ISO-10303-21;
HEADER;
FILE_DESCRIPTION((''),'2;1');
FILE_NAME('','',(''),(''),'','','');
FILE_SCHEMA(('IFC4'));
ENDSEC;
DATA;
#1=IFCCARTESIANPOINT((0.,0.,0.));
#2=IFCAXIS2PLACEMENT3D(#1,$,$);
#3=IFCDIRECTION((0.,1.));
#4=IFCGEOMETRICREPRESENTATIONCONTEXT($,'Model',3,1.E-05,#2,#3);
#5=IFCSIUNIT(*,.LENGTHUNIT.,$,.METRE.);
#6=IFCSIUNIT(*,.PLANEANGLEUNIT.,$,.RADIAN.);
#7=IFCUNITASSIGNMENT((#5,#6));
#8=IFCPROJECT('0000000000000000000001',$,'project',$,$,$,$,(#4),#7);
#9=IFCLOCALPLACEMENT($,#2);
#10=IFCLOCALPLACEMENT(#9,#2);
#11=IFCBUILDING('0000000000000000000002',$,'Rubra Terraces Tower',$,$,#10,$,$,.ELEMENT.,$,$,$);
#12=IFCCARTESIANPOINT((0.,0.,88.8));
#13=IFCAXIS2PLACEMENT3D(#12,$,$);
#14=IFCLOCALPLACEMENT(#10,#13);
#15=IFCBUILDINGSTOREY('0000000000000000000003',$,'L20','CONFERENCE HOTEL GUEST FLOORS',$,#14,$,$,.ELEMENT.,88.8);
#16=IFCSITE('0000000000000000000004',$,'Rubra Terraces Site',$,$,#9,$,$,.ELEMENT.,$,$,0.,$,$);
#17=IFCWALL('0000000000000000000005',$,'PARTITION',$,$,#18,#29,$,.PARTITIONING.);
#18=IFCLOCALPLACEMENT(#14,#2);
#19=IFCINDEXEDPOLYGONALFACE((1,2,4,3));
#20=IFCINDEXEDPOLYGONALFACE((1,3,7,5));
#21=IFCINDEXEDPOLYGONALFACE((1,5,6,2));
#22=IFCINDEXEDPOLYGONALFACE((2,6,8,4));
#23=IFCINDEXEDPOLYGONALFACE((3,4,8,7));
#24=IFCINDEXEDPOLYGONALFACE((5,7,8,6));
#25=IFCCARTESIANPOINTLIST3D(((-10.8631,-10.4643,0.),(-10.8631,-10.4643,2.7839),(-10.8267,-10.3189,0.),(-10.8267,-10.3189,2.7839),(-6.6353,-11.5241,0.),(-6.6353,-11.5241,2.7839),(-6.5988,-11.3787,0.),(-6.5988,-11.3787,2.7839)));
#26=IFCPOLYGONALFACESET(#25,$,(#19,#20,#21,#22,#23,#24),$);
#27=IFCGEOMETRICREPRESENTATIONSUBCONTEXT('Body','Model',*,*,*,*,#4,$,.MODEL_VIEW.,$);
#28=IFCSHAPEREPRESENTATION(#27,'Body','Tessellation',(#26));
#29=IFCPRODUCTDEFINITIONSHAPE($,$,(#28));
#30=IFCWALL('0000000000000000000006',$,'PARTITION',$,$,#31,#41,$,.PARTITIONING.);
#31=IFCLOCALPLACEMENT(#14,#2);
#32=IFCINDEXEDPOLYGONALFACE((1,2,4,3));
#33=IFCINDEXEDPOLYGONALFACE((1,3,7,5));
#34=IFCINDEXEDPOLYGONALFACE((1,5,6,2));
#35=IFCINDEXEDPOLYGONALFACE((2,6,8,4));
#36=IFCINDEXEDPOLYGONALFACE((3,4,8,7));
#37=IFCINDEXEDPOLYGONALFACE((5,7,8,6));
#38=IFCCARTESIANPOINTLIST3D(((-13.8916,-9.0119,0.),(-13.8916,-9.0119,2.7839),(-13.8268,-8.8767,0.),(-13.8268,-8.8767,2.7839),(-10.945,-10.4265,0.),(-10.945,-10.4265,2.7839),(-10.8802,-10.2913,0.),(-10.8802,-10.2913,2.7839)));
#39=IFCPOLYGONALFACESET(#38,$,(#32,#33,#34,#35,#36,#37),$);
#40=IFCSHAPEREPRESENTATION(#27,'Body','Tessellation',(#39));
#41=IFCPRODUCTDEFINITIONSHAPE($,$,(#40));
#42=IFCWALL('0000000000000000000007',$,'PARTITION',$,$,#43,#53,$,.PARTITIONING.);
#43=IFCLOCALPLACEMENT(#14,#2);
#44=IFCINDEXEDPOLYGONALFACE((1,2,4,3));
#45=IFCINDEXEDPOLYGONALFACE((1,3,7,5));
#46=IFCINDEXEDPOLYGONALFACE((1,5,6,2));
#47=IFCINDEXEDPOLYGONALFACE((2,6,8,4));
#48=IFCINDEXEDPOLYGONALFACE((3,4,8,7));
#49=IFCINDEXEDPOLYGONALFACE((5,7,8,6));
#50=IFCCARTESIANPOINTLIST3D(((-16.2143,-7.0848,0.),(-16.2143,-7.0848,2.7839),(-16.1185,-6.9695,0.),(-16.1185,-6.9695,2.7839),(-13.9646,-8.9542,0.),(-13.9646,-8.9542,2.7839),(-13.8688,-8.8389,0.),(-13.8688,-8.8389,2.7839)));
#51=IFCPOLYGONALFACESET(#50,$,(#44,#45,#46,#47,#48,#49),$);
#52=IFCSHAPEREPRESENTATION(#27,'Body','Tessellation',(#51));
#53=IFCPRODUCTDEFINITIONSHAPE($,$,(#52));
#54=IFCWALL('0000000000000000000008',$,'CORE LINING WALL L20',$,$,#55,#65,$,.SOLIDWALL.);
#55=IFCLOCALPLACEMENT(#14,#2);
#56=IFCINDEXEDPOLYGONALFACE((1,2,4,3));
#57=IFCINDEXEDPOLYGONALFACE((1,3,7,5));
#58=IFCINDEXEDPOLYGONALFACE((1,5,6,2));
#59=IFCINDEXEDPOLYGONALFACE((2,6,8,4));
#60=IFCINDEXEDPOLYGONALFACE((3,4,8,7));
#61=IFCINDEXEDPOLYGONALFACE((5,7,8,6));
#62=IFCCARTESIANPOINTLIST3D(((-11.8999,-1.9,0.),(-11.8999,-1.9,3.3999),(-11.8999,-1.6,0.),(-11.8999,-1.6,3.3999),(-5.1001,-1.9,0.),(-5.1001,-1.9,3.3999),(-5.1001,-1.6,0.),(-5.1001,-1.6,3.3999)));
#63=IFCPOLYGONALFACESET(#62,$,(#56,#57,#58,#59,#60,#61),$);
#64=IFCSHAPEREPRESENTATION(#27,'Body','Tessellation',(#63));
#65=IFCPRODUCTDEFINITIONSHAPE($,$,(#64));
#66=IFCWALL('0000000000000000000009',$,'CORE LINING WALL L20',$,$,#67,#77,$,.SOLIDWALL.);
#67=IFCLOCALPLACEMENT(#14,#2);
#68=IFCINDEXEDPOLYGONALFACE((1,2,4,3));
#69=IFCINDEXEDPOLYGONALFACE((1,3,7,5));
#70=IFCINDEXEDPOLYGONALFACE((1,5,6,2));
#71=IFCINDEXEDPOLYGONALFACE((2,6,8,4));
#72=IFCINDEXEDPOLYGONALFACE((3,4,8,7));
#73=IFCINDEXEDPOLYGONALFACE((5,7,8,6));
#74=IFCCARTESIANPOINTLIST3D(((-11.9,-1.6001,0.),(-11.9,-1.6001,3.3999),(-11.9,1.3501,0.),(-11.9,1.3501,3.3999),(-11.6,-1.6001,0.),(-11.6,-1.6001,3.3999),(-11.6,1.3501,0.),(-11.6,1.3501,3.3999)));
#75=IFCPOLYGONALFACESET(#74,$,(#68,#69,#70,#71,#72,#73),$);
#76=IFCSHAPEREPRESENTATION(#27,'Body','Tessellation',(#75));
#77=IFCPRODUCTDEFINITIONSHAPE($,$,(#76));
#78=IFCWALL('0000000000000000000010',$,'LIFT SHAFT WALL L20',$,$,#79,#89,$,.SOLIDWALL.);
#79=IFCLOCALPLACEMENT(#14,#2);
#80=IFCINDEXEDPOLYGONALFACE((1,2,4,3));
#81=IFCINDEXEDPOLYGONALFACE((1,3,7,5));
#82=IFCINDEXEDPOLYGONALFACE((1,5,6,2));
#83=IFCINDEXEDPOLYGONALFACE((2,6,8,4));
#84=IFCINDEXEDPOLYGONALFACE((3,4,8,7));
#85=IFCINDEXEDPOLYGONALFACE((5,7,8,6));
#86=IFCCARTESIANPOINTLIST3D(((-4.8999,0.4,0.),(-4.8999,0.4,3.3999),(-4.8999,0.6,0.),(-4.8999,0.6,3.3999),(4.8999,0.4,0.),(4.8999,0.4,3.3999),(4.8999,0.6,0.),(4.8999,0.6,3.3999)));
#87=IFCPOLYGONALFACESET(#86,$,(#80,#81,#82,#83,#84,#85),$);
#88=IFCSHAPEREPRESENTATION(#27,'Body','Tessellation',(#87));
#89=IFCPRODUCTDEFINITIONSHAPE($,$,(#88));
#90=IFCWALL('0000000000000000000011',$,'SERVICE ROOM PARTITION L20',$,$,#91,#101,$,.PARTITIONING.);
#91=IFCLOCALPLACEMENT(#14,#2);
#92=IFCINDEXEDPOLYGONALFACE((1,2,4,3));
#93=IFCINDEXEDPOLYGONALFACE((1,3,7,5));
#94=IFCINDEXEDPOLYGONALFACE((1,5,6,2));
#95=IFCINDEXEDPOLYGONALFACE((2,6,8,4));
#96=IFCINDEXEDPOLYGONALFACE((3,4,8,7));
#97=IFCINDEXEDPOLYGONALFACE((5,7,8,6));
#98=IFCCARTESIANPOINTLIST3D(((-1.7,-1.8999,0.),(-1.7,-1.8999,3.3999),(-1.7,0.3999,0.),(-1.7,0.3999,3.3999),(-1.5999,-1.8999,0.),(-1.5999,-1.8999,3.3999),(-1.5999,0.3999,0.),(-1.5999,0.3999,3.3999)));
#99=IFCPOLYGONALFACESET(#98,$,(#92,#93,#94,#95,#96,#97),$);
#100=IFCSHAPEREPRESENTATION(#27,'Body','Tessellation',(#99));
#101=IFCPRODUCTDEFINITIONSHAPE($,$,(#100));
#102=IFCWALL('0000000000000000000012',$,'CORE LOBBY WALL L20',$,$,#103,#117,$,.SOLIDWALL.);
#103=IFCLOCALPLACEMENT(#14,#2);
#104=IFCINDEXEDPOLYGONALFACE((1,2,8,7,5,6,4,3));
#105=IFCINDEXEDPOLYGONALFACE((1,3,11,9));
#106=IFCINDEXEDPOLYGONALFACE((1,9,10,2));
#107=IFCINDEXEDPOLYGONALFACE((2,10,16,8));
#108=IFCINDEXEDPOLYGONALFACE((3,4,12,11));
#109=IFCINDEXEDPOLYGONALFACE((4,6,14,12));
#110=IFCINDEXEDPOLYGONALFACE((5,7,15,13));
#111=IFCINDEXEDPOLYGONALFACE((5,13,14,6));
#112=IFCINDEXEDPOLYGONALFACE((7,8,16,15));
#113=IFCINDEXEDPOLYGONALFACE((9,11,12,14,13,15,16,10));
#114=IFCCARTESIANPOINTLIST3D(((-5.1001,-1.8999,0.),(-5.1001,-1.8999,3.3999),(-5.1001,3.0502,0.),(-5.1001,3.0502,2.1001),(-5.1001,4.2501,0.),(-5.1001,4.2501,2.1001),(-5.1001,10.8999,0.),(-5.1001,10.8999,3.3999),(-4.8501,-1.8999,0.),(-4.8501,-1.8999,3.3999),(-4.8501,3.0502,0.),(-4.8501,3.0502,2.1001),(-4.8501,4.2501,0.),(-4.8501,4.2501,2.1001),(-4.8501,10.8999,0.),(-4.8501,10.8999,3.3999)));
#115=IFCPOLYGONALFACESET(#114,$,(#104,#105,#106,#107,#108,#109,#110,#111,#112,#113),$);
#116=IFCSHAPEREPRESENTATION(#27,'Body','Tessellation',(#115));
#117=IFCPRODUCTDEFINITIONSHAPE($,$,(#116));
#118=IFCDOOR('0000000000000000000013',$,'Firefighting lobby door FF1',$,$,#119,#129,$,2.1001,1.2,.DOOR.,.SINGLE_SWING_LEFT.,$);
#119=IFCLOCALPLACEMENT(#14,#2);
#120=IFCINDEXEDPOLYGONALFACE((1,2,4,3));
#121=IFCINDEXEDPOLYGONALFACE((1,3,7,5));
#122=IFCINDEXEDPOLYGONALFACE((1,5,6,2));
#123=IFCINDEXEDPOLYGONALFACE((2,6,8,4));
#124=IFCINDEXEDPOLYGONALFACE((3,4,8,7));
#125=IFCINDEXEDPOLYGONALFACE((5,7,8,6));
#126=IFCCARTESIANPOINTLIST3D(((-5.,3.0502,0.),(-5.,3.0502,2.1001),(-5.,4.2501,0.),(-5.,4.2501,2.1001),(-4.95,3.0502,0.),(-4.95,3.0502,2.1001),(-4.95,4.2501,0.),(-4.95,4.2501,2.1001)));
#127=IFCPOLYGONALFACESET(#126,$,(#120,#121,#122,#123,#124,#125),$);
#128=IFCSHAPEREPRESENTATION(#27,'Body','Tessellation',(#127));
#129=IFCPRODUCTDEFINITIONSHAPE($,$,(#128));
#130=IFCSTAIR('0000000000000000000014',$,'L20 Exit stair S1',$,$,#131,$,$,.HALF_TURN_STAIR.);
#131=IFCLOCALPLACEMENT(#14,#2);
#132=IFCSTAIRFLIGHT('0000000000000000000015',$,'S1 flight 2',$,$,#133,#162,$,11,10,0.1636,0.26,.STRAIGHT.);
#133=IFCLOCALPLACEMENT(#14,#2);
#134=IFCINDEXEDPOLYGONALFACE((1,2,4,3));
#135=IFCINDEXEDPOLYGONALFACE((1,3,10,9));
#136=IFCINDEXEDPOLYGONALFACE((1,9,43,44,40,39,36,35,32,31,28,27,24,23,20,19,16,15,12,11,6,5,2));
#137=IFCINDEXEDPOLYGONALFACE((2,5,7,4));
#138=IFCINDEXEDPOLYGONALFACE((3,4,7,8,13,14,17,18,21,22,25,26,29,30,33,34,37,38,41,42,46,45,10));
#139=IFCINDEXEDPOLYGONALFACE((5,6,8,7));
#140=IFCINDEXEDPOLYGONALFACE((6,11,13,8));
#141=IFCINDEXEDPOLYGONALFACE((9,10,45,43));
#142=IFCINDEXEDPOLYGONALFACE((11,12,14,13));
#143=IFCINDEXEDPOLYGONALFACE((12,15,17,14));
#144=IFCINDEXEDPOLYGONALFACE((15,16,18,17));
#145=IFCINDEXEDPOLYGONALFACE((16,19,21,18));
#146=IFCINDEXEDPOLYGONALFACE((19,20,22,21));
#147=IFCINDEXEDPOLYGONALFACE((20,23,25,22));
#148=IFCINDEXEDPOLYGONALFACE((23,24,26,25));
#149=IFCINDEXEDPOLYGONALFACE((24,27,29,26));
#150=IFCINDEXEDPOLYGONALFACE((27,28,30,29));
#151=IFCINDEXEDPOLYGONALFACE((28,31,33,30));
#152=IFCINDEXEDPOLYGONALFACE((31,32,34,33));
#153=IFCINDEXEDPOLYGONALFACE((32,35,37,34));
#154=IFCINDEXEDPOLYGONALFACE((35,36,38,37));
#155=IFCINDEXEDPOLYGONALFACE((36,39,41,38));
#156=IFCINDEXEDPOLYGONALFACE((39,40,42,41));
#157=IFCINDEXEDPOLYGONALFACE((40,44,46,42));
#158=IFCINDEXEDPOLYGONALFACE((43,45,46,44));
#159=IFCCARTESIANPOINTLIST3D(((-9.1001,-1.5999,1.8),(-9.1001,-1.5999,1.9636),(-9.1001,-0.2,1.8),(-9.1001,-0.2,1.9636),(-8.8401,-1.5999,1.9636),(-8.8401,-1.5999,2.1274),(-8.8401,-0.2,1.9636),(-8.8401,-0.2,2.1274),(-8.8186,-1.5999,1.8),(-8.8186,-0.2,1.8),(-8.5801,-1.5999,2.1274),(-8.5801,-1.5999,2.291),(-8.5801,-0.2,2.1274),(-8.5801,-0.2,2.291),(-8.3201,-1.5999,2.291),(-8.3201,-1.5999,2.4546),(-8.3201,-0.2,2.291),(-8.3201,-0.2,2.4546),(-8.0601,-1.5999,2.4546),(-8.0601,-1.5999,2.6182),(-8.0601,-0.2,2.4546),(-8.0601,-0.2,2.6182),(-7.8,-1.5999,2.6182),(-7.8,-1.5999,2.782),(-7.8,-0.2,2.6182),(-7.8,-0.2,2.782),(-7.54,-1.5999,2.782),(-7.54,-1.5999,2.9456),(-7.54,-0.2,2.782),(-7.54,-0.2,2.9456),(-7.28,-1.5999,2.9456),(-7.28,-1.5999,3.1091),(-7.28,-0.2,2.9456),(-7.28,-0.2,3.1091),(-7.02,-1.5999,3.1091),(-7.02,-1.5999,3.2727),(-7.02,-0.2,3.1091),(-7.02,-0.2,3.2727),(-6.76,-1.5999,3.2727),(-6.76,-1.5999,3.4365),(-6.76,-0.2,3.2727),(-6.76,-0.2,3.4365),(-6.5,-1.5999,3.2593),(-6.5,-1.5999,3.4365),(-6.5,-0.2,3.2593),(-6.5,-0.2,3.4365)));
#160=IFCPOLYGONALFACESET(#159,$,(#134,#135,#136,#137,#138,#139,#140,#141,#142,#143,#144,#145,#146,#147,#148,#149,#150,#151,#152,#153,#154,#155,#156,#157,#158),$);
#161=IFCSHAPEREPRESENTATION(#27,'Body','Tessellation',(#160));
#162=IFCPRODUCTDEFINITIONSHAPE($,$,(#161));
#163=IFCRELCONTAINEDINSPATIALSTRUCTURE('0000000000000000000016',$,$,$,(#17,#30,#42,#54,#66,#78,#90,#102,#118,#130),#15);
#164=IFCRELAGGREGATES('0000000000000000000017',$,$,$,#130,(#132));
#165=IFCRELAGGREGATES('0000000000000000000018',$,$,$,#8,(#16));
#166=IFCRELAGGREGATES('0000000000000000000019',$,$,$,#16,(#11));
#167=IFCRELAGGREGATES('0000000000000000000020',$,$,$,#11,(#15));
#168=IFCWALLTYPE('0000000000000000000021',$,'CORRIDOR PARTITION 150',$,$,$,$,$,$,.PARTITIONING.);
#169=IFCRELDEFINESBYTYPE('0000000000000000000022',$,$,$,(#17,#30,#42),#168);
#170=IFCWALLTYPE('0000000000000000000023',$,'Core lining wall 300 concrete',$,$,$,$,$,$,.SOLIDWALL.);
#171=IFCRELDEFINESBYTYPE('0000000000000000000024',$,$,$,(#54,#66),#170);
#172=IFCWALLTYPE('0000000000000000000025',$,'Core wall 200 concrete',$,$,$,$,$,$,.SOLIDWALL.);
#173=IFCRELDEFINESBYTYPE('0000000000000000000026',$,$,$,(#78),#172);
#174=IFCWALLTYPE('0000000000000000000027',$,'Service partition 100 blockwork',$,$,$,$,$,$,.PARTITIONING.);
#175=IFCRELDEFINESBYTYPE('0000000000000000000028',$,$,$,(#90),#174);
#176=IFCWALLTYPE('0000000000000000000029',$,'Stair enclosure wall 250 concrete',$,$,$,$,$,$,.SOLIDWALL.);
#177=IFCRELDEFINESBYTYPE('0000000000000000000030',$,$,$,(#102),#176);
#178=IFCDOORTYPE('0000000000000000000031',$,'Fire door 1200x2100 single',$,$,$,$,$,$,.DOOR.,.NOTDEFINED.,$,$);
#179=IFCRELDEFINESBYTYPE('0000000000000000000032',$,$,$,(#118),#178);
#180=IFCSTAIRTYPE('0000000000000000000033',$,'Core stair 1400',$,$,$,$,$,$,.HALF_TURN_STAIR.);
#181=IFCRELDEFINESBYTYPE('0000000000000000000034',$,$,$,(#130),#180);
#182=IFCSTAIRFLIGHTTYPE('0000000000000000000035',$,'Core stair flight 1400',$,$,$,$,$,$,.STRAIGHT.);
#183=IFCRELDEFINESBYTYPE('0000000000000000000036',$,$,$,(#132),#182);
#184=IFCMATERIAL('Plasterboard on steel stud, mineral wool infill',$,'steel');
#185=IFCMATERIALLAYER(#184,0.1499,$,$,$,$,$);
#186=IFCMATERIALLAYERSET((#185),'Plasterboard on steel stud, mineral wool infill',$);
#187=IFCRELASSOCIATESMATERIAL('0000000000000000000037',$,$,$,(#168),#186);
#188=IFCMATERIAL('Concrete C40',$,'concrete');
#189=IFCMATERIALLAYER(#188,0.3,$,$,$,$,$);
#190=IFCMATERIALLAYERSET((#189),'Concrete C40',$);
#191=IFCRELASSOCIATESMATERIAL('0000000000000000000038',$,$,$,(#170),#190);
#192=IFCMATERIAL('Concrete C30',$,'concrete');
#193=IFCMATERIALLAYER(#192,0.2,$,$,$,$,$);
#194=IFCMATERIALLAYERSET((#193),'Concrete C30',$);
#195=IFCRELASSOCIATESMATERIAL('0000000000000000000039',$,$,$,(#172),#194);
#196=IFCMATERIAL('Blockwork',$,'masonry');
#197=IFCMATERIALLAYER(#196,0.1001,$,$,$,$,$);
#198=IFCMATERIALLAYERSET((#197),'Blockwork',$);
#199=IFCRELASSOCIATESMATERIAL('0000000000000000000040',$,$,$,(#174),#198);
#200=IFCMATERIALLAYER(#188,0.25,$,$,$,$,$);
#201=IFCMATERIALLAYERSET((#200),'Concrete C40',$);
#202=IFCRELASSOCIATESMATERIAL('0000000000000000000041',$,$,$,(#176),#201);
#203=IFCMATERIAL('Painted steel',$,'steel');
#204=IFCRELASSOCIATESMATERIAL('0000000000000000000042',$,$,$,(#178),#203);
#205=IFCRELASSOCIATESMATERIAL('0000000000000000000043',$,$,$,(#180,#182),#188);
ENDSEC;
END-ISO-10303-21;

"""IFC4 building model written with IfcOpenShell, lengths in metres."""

from ifc_helpers import new_model, si_unit, direction, frame, frame_2d, origin, place, context, subcontext, project, spatial, polyline, rectangle, outline, extrude, material, layer, layer_set, type_object, element, fill, aggregate, save


model = new_model("IFC4")

# Units and contexts
model_context = context("Model", 3, precision=1e-05, world=origin(), true_north=direction((0.0, 1.0)))
body_context = subcontext(model_context, "Body", "Model", "MODEL_VIEW")
ifc_project = project(units=[si_unit("LENGTHUNIT", "METRE"), si_unit("PLANEANGLEUNIT", "RADIAN")], contexts=[model_context])

# Site, building, storey
site_placement = place(None, origin())
site = spatial("IfcSite", under=ifc_project, at=site_placement, Name="Rubra Terraces Site", CompositionType="ELEMENT", RefElevation=0.0)
building_placement = place(site_placement, origin())
building = spatial("IfcBuilding", under=site, at=building_placement, Name="Rubra Terraces Tower", CompositionType="ELEMENT")
storey_placement = place(building_placement, frame((0.0, 0.0, 88.8)))
storey = spatial("IfcBuildingStorey", under=building, at=storey_placement, Name="L20", Description="CONFERENCE HOTEL GUEST FLOORS", CompositionType="ELEMENT", Elevation=88.8)

# Shared definitions
ifc_material_1 = material(Name="Concrete C40", Category="concrete")

# Shared definitions
ifc_material_2 = material(Name="Painted steel", Category="steel")

# Walls
ifc_material_3 = material(Name="Plasterboard on steel stud, mineral wool infill", Category="steel")
ifc_layer_1 = layer(ifc_material_3, 0.1499)
ifc_layer_set_1 = layer_set([ifc_layer_1], Name="Plasterboard on steel stud, mineral wool infill")
wall_type_1 = type_object("IfcWallType", Name="CORRIDOR PARTITION 150", PredefinedType="PARTITIONING", material=ifc_layer_set_1)
wall_1_placement = place(storey_placement, frame((-6.6172, -11.4514, 0.0), z_axis=(0.0, 0.0, 1.0), x_axis=(-0.969987, 0.243155, 0.0)))
element("IfcWall", 1, at=wall_1_placement, inside=storey, type_object=wall_type_1, Name="PARTITION", PredefinedType="PARTITIONING", context=body_context, shape_type="SweptSolid", body=[
    extrude(rectangle(XDim=4.3586, YDim=0.1499, at=frame_2d((2.1792, 0.0))), origin(), (0.0, 0.0, 1.0), 2.7839),
])
wall_2_placement = place(storey_placement, frame((-10.9126, -10.3589, 0.0), z_axis=(0.0, 0.0, 1.0), x_axis=(-0.901497, 0.432784, 0.0)))
element("IfcWall", 2, at=wall_2_placement, inside=storey, type_object=wall_type_1, Name="PARTITION", PredefinedType="PARTITIONING", context=body_context, shape_type="SweptSolid", body=[
    extrude(rectangle(XDim=3.2686, YDim=0.1499, at=frame_2d((1.6343, 0.0))), origin(), (0.0, 0.0, 1.0), 2.7839),
])
wall_3_placement = place(storey_placement, frame((-13.9167, -8.8965, 0.0), z_axis=(0.0, 0.0, 1.0), x_axis=(-0.76913, 0.639092, 0.0)))
element("IfcWall", 3, at=wall_3_placement, inside=storey, type_object=wall_type_1, Name="PARTITION", PredefinedType="PARTITIONING", context=body_context, shape_type="SweptSolid", body=[
    extrude(rectangle(XDim=2.925, YDim=0.1499, at=frame_2d((1.4624, 0.0))), origin(), (0.0, 0.0, 1.0), 2.7839),
])
ifc_layer_2 = layer(ifc_material_1, 0.3)
ifc_layer_set_2 = layer_set([ifc_layer_2], Name="Concrete C40")
wall_type_2 = type_object("IfcWallType", Name="Core lining wall 300 concrete", PredefinedType="SOLIDWALL", material=ifc_layer_set_2)
wall_4_placement = place(storey_placement, frame((-11.8999, -1.75, 0.0), z_axis=(0.0, 0.0, 1.0), x_axis=(1.0, 0.0, 0.0)))
element("IfcWall", 4, at=wall_4_placement, inside=storey, type_object=wall_type_2, Name="CORE LINING WALL L20", PredefinedType="SOLIDWALL", context=body_context, shape_type="SweptSolid", body=[
    extrude(rectangle(XDim=6.7998, YDim=0.3, at=frame_2d((3.3999, 0.0))), origin(), (0.0, 0.0, 1.0), 3.3999),
])
wall_5_placement = place(storey_placement, frame((-11.75, -1.6001, 0.0), z_axis=(0.0, 0.0, 1.0), x_axis=(0.0, 1.0, 0.0)))
element("IfcWall", 5, at=wall_5_placement, inside=storey, type_object=wall_type_2, Name="CORE LINING WALL L20", PredefinedType="SOLIDWALL", context=body_context, shape_type="SweptSolid", body=[
    extrude(rectangle(XDim=2.9502, YDim=0.3, at=frame_2d((1.4751, 0.0))), origin(), (0.0, 0.0, 1.0), 3.3999),
])
ifc_material_4 = material(Name="Concrete C30", Category="concrete")
ifc_layer_3 = layer(ifc_material_4, 0.2)
ifc_layer_set_3 = layer_set([ifc_layer_3], Name="Concrete C30")
wall_type_3 = type_object("IfcWallType", Name="Core wall 200 concrete", PredefinedType="SOLIDWALL", material=ifc_layer_set_3)
wall_6_placement = place(storey_placement, frame((-4.8999, 0.5, 0.0), z_axis=(0.0, 0.0, 1.0), x_axis=(1.0, 0.0, 0.0)))
element("IfcWall", 6, at=wall_6_placement, inside=storey, type_object=wall_type_3, Name="LIFT SHAFT WALL L20", PredefinedType="SOLIDWALL", context=body_context, shape_type="SweptSolid", body=[
    extrude(rectangle(XDim=9.7998, YDim=0.2, at=frame_2d((4.8999, 0.0))), origin(), (0.0, 0.0, 1.0), 3.3999),
])
ifc_material_5 = material(Name="Blockwork", Category="masonry")
ifc_layer_4 = layer(ifc_material_5, 0.1001)
ifc_layer_set_4 = layer_set([ifc_layer_4], Name="Blockwork")
wall_type_4 = type_object("IfcWallType", Name="Service partition 100 blockwork", PredefinedType="PARTITIONING", material=ifc_layer_set_4)
wall_7_placement = place(storey_placement, frame((-1.6499, -1.8999, 0.0), z_axis=(0.0, 0.0, 1.0), x_axis=(0.0, 1.0, 0.0)))
element("IfcWall", 7, at=wall_7_placement, inside=storey, type_object=wall_type_4, Name="SERVICE ROOM PARTITION L20", PredefinedType="PARTITIONING", context=body_context, shape_type="SweptSolid", body=[
    extrude(rectangle(XDim=2.2998, YDim=0.1001, at=frame_2d((1.1499, 0.0))), origin(), (0.0, 0.0, 1.0), 3.3999),
])

# Wall, opening, door
ifc_layer_5 = layer(ifc_material_1, 0.25)
ifc_layer_set_5 = layer_set([ifc_layer_5], Name="Concrete C40")
wall_type_5 = type_object("IfcWallType", Name="Stair enclosure wall 250 concrete", PredefinedType="SOLIDWALL", material=ifc_layer_set_5)
wall_8_placement = place(storey_placement, frame((-4.9751, -1.8999, 0.0), z_axis=(0.0, 0.0, 1.0), x_axis=(0.0, 1.0, 0.0)))
wall_8 = element("IfcWall", 8, at=wall_8_placement, inside=storey, type_object=wall_type_5, Name="CORE LOBBY WALL L20", PredefinedType="SOLIDWALL", context=body_context, shape_type="SweptSolid", body=[
    extrude(rectangle(XDim=12.7998, YDim=0.25, at=frame_2d((6.3999, 0.0))), origin(), (0.0, 0.0, 1.0), 3.3999),
])
opening_1_placement = place(wall_8_placement, frame((4.95, 0.0, 0.0)))
opening_1 = element("IfcOpeningElement", 9, at=opening_1_placement, cuts=wall_8, PredefinedType="OPENING", context=body_context, shape_type="SweptSolid", body=[
    extrude(rectangle(XDim=1.2, YDim=2.1001, at=frame_2d((0.6001, 1.05))), frame((0.0, 0.135, 0.0), z_axis=(0.0, -1.0, 0.0), x_axis=(1.0, 0.0, 0.0)), (0.0, 0.0, 1.0), 0.27),
])
door_type_1 = type_object("IfcDoorType", Name="Fire door 1200x2100 single", OperationType="NOTDEFINED", PredefinedType="DOOR", material=ifc_material_2)
door_1_placement = place(opening_1_placement, origin())
door_1 = element("IfcDoor", 10, at=door_1_placement, inside=storey, type_object=door_type_1, Name="Firefighting lobby door FF1", OperationType="SINGLE_SWING_LEFT", OverallHeight=2.1001, OverallWidth=1.2, PredefinedType="DOOR", context=body_context, shape_type="SweptSolid", body=[
    extrude(rectangle(XDim=1.2, YDim=2.1001, at=frame_2d((0.6001, 1.05))), frame((0.0, 0.0249, 0.0), z_axis=(0.0, -1.0, 0.0), x_axis=(1.0, 0.0, 0.0)), (0.0, 0.0, 1.0), 0.05),
])
fill(opening_1, door_1)

# Stair, stair flight
stair_type = type_object("IfcStairType", Name="Core stair 1400", PredefinedType="HALF_TURN_STAIR", material=ifc_material_1)
stair_placement = place(storey_placement, origin())
stair = element("IfcStair", 11, at=stair_placement, inside=storey, type_object=stair_type, Name="L20 Exit stair S1", PredefinedType="HALF_TURN_STAIR")
stair_flight_type = type_object("IfcStairFlightType", Name="Core stair flight 1400", PredefinedType="STRAIGHT", material=ifc_material_1)
stair_flight_placement = place(storey_placement, frame((-9.1001, -0.8999, 1.8), z_axis=(0.0, 0.0, 1.0), x_axis=(1.0, 0.0, 0.0)))
stair_flight = element("IfcStairFlight", 12, at=stair_flight_placement, type_object=stair_flight_type, Name="S1 flight 2", NumberOfRisers=11, NumberOfTreads=10, PredefinedType="STRAIGHT", RiserHeight=0.1636, TreadLength=0.26, context=body_context, shape_type="SweptSolid", body=[
    extrude(outline(polyline([(0.0, 0.0), (0.0, 0.1636), (0.26, 0.1636), (0.26, 0.3274), (0.52, 0.3274), (0.52, 0.491), (0.78, 0.491), (0.78, 0.6545), (1.04, 0.6545), (1.04, 0.8181), (1.3, 0.8181), (1.3, 0.9819), (1.5601, 0.9819), (1.5601, 1.1455), (1.8201, 1.1455), (1.8201, 1.3091), (2.0801, 1.3091), (2.0801, 1.4727), (2.3401, 1.4727), (2.3401, 1.6365), (2.6001, 1.6365), (2.6001, 1.8), (2.6001, 1.4592), (0.2815, 0.0), (0.0, 0.0)])), frame((0.0, 0.7, 0.0), z_axis=(0.0, -1.0, 0.0), x_axis=(1.0, 0.0, 0.0)), (0.0, 0.0, 1.0), 1.3999),
])
aggregate(stair, [stair_flight])

save(model, "model.ifc")
